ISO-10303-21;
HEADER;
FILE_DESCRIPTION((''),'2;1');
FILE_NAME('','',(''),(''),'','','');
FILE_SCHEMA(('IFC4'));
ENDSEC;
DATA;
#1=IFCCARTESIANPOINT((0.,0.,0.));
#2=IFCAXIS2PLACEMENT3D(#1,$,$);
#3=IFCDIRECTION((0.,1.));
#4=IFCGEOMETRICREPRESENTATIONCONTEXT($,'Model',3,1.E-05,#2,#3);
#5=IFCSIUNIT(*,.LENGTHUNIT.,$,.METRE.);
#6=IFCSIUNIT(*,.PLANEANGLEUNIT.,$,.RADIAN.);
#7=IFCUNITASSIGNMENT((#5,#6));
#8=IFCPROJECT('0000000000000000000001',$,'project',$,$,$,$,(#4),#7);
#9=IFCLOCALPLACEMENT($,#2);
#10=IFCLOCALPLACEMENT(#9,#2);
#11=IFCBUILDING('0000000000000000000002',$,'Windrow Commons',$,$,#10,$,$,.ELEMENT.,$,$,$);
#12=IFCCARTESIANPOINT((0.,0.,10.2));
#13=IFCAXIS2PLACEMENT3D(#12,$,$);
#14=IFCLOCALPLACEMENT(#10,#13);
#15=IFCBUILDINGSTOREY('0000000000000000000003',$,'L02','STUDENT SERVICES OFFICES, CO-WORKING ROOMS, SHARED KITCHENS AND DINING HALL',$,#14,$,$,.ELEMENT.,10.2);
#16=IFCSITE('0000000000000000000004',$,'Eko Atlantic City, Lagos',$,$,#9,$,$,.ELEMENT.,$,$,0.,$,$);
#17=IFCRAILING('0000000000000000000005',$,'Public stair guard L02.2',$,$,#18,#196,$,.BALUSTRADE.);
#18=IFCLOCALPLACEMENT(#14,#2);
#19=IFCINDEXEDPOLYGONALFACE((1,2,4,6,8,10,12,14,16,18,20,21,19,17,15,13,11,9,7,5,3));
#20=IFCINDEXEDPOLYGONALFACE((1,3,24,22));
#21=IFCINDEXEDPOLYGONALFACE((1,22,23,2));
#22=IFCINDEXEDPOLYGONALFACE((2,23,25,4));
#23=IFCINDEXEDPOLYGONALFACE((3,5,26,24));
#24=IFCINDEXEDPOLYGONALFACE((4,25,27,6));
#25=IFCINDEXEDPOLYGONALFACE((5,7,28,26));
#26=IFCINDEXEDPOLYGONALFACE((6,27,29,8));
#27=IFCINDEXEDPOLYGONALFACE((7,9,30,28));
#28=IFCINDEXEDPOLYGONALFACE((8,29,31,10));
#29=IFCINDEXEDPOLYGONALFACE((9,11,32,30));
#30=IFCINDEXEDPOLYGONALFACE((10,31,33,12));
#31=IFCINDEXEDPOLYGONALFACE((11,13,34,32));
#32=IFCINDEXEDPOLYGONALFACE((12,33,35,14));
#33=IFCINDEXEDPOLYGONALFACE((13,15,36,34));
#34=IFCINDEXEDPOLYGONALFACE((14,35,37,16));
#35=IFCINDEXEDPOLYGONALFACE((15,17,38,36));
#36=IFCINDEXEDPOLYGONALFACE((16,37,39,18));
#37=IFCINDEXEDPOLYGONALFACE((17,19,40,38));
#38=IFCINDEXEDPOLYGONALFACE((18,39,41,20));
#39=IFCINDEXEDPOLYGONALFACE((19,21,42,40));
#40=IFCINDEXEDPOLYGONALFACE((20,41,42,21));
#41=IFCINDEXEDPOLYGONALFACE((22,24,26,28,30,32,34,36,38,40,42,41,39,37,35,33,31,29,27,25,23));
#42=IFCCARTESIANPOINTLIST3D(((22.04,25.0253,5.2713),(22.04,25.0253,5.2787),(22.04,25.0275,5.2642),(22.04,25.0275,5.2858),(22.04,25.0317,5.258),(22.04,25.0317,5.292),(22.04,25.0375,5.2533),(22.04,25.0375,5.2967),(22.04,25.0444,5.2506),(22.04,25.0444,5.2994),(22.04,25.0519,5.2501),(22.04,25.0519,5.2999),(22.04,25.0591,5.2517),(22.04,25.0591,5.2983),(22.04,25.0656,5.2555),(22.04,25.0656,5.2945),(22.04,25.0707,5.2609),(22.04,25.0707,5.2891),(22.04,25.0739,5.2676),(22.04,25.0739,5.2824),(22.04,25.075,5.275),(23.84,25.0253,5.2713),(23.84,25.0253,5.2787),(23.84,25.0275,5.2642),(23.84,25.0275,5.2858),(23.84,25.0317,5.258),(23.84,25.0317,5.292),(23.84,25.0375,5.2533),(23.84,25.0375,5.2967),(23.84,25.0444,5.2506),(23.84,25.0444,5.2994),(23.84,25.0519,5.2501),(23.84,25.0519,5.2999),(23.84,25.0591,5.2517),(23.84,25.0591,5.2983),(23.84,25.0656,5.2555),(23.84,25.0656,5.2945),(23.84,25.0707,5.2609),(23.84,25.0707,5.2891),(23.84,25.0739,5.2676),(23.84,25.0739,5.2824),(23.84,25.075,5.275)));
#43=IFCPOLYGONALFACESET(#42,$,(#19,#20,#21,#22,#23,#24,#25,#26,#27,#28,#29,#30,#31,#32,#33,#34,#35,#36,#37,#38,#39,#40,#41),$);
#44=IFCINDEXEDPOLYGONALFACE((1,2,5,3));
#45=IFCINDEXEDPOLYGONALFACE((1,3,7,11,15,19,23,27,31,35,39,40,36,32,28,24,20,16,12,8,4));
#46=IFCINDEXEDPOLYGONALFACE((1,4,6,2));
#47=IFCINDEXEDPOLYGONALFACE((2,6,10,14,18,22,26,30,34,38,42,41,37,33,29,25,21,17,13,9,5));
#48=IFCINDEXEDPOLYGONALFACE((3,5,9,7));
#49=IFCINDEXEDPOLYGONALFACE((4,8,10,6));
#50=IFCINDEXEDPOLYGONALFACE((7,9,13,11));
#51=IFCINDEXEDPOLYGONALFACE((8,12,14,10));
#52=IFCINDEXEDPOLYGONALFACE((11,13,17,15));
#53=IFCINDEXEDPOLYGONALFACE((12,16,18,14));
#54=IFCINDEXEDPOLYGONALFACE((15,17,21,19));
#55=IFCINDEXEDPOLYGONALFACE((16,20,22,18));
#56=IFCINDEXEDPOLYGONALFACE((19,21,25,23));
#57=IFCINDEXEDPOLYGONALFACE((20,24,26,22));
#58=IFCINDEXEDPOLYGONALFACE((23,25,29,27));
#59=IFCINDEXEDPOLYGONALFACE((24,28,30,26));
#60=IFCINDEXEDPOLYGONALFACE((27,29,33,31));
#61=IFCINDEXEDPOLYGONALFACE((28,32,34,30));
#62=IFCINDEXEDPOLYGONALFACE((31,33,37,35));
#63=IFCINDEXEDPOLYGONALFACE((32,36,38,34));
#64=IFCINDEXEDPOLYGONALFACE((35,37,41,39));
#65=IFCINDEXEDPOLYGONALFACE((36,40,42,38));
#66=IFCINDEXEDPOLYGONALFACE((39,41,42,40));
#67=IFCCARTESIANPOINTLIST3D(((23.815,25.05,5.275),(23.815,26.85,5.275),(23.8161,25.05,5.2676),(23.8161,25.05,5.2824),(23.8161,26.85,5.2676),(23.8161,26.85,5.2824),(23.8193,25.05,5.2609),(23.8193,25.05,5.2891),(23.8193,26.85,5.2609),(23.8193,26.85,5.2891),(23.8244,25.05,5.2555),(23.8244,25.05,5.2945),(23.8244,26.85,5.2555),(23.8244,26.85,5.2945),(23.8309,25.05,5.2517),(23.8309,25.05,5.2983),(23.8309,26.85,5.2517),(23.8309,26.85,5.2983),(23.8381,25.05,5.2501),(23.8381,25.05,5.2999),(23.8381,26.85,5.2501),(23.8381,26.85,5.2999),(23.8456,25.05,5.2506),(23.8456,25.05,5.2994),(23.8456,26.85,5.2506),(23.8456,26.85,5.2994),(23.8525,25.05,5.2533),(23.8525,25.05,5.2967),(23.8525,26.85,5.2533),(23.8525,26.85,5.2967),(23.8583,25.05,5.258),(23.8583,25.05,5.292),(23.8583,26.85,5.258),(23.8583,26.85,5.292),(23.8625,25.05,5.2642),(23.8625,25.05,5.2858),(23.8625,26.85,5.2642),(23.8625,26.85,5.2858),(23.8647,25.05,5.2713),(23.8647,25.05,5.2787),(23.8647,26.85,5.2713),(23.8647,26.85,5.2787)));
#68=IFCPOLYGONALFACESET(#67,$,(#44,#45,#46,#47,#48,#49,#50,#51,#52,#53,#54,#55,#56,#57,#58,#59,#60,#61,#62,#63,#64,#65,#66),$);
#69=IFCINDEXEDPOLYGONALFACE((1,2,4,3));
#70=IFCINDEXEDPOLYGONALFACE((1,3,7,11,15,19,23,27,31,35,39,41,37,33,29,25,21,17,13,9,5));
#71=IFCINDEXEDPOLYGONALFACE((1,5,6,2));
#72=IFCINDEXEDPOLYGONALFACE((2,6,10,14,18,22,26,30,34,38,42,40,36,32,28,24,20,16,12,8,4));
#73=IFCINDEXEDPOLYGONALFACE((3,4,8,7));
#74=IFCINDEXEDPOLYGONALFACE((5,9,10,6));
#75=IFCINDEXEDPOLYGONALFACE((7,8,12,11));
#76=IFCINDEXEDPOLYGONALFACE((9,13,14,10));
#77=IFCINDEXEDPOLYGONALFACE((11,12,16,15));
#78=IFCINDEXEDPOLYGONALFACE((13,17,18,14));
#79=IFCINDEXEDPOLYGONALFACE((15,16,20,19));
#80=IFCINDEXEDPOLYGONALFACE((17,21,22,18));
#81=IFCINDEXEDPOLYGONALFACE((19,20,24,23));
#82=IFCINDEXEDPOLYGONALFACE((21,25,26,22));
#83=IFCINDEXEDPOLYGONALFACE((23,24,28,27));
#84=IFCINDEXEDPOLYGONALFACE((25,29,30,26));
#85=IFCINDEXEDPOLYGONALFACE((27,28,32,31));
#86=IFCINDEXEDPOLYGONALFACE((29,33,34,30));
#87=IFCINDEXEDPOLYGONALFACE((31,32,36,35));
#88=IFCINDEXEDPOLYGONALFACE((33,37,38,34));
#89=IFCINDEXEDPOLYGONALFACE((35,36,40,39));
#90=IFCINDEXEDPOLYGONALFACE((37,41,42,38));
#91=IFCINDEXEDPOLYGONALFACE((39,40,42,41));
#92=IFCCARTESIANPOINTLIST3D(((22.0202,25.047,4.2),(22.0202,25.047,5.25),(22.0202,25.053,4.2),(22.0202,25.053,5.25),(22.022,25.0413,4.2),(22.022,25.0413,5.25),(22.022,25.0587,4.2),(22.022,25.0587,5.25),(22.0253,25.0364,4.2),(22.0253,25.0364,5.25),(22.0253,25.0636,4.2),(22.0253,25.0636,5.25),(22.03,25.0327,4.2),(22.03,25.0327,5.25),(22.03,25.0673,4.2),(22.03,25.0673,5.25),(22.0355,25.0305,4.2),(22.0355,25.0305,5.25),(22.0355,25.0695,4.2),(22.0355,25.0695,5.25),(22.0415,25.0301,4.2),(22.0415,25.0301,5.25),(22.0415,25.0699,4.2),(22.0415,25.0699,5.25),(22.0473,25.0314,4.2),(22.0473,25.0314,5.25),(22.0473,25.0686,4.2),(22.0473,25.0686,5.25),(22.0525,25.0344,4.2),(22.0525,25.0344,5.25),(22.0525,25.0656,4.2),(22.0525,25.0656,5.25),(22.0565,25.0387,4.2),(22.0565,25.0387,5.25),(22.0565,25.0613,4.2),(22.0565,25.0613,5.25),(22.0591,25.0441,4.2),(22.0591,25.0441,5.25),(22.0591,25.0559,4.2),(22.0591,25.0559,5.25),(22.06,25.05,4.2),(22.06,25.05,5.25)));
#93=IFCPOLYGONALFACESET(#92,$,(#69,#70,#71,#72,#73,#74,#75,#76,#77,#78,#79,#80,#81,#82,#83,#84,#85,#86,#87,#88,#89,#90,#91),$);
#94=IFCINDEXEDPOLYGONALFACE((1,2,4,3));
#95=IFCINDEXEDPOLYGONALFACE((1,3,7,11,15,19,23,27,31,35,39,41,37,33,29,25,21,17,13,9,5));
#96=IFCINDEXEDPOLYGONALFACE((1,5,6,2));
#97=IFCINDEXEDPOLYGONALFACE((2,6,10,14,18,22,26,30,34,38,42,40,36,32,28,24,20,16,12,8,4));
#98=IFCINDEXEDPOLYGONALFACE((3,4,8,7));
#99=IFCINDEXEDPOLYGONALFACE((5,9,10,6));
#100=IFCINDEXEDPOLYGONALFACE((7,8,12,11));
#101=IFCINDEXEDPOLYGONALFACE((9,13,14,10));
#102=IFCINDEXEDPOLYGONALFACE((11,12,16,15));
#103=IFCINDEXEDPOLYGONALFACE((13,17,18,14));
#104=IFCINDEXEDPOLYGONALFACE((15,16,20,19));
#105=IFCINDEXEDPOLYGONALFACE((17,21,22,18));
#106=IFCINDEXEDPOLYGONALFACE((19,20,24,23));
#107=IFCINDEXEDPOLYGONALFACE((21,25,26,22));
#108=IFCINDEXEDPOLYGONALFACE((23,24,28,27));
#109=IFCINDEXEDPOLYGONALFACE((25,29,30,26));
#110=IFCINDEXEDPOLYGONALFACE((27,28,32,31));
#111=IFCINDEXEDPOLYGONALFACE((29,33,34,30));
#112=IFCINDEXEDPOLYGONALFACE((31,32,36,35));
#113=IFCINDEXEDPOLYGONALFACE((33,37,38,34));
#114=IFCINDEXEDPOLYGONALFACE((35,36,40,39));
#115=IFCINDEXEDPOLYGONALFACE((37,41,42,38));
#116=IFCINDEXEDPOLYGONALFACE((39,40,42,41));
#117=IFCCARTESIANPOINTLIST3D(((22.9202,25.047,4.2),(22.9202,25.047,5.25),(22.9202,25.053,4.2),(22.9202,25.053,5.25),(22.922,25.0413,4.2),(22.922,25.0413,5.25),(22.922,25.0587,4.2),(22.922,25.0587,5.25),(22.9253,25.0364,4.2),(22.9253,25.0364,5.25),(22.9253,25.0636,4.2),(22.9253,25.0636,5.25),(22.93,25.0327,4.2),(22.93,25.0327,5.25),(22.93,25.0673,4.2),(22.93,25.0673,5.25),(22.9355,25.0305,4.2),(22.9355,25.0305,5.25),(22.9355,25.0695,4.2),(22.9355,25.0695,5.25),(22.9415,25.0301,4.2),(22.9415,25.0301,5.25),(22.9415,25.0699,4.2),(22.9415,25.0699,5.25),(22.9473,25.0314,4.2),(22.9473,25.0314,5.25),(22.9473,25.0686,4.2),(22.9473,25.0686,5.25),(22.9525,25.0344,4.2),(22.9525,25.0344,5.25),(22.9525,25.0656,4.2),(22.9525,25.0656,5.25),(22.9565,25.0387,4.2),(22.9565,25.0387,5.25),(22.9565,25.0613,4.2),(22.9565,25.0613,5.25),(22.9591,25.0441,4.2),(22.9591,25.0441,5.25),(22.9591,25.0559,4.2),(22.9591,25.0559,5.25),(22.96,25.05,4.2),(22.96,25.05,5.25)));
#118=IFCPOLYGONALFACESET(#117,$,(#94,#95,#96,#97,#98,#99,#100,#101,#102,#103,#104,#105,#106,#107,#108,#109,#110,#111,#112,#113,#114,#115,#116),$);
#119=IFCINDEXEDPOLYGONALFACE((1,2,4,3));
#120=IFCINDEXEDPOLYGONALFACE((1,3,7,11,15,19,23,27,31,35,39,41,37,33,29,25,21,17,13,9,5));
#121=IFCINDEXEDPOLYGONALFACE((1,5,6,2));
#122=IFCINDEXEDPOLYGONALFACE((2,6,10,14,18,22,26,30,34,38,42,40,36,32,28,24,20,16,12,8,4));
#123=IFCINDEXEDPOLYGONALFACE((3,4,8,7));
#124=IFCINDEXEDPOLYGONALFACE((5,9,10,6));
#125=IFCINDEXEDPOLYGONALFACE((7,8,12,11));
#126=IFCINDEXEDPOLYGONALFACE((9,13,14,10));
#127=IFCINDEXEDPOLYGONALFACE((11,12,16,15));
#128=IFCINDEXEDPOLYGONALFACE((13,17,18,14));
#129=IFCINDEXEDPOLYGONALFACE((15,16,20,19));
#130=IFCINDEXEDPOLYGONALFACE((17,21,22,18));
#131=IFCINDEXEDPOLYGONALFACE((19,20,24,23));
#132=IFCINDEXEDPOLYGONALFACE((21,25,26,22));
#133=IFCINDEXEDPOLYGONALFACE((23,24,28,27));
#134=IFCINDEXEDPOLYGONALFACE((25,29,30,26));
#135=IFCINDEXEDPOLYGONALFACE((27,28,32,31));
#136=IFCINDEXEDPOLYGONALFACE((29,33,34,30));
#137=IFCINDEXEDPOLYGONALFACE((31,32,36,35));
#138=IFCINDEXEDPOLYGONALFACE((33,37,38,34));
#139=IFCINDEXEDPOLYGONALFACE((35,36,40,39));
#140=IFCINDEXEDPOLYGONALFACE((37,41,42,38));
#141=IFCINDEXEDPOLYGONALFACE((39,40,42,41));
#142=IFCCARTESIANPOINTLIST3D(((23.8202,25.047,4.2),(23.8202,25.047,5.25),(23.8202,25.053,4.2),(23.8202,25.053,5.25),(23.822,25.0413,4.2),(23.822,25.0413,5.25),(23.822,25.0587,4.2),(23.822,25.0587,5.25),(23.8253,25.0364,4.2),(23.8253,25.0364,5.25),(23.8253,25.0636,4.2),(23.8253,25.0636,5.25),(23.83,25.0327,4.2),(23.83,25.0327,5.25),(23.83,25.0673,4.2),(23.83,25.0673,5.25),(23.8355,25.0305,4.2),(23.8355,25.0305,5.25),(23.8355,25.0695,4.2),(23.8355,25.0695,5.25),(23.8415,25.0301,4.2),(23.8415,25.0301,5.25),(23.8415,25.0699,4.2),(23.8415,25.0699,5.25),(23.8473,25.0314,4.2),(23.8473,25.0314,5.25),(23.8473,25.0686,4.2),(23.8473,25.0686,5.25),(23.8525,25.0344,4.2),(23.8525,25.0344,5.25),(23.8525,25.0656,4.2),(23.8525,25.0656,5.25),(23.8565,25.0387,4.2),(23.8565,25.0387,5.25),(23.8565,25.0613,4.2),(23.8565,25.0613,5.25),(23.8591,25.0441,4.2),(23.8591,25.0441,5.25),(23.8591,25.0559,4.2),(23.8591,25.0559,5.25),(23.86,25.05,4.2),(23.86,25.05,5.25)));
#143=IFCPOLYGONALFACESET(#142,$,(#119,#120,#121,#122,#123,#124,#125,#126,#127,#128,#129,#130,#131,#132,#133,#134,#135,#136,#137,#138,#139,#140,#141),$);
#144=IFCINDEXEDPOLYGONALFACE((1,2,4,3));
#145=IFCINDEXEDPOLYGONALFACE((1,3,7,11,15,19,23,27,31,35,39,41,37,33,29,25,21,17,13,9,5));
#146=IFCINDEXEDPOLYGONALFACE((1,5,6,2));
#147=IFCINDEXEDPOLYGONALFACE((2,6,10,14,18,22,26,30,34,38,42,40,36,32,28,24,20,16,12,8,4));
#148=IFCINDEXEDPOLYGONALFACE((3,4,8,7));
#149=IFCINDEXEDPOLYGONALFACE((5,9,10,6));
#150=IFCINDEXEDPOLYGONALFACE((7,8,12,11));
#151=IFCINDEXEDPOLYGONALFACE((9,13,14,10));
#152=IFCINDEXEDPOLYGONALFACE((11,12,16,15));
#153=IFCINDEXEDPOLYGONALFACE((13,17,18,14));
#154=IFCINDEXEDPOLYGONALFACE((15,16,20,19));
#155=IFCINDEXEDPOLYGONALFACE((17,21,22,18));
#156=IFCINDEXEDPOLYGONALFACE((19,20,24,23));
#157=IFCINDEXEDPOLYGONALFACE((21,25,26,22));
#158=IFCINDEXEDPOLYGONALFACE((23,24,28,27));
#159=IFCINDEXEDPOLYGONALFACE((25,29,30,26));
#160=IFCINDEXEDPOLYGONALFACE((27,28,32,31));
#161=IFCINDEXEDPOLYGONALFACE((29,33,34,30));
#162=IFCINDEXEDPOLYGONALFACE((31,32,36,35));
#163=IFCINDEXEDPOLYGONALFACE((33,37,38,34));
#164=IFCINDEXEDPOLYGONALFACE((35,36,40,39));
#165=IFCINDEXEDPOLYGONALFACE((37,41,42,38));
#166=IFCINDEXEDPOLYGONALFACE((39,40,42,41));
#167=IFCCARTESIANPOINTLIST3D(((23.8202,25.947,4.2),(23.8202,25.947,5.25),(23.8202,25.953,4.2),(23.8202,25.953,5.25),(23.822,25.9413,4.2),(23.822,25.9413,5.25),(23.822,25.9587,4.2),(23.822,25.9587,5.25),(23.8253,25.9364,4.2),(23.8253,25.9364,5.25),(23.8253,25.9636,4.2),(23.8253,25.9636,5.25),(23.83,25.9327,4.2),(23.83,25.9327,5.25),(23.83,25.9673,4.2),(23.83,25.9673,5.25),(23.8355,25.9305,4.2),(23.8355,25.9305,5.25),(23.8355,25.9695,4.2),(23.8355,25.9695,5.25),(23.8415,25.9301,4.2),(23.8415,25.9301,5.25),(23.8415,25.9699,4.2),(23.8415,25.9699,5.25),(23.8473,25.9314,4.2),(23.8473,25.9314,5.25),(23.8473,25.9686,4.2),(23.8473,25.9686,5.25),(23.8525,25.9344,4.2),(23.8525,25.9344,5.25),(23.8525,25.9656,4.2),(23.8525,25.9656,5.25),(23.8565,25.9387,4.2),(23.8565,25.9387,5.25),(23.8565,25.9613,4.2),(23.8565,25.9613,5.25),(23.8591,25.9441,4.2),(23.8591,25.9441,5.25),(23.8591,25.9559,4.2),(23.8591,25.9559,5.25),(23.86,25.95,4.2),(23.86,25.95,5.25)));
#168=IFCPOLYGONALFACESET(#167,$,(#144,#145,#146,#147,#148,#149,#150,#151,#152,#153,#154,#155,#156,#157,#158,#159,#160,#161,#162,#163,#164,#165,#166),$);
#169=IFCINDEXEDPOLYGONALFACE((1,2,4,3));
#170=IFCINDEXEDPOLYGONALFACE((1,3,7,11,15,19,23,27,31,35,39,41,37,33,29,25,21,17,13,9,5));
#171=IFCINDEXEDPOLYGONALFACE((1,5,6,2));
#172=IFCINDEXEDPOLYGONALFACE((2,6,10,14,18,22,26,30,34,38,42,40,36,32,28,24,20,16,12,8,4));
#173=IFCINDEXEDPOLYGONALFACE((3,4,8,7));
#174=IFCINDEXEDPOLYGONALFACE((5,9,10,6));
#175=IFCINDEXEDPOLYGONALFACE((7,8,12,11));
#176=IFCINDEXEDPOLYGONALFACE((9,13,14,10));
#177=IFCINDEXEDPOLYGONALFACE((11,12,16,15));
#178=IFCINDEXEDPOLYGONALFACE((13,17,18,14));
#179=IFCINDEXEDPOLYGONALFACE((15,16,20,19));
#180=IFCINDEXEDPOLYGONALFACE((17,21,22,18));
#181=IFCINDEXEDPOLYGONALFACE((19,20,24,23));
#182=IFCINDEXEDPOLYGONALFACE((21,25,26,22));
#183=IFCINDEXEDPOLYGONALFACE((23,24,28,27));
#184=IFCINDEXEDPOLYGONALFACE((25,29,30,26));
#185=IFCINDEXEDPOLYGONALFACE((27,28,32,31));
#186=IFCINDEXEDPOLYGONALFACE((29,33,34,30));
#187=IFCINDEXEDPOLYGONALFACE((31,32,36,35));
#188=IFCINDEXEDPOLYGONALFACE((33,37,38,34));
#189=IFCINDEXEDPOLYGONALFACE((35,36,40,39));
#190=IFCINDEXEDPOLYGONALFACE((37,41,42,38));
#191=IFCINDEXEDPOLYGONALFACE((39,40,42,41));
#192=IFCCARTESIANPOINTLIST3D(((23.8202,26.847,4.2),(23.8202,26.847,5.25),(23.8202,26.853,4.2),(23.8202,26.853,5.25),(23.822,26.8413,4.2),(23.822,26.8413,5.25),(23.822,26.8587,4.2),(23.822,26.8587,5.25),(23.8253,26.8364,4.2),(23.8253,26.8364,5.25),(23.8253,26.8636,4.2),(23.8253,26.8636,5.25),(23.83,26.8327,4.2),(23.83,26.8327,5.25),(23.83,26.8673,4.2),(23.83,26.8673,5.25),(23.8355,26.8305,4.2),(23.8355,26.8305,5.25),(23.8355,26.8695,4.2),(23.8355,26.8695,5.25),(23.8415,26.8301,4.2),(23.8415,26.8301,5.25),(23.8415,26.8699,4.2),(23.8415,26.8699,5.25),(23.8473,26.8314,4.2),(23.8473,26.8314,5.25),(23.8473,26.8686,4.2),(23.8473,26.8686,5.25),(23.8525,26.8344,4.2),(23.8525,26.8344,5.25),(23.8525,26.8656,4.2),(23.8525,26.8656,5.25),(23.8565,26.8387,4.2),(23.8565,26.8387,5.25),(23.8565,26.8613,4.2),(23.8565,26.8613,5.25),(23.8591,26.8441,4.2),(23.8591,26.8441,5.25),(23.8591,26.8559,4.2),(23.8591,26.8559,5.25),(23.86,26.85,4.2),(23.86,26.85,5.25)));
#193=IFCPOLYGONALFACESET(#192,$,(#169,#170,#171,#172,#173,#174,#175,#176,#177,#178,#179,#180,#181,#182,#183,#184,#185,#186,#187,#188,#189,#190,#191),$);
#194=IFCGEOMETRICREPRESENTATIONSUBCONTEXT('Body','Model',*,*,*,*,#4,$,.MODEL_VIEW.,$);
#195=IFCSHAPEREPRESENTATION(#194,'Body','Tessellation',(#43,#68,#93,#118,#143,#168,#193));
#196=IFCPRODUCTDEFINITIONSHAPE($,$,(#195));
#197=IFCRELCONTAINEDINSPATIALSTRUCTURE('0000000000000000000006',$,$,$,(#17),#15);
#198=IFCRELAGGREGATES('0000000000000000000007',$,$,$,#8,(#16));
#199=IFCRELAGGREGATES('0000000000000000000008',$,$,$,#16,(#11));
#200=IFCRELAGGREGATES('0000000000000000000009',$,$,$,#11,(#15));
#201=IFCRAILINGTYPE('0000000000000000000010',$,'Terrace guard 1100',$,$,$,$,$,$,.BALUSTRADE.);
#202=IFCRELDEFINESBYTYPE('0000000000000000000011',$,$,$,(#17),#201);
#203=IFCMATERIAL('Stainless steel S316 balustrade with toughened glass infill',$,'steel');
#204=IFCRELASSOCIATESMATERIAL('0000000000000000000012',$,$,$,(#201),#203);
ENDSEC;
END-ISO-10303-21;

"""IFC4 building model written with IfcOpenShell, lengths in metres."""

from ifc_helpers import new_model, si_unit, direction, frame, origin, origin_2d, place, context, subcontext, project, spatial, circle, extrude, material, type_object, element, save


model = new_model("IFC4")

# Units and contexts
model_context = context("Model", 3, precision=1e-05, world=origin(), true_north=direction((0.0, 1.0)))
body_context = subcontext(model_context, "Body", "Model", "MODEL_VIEW")
ifc_project = project(units=[si_unit("LENGTHUNIT", "METRE"), si_unit("PLANEANGLEUNIT", "RADIAN")], contexts=[model_context])

# Site, building, storey
site_placement = place(None, origin())
site = spatial("IfcSite", under=ifc_project, at=site_placement, Name="Eko Atlantic City, Lagos", CompositionType="ELEMENT", RefElevation=0.0)
building_placement = place(site_placement, origin())
building = spatial("IfcBuilding", under=site, at=building_placement, Name="Windrow Commons", CompositionType="ELEMENT")
storey_placement = place(building_placement, frame((0.0, 0.0, 10.2)))
storey = spatial("IfcBuildingStorey", under=building, at=storey_placement, Name="L02", Description="STUDENT SERVICES OFFICES, CO-WORKING ROOMS, SHARED KITCHENS AND DINING HALL", CompositionType="ELEMENT", Elevation=10.2)

# Railing
ifc_material_1 = material(Name="Stainless steel S316 balustrade with toughened glass infill", Category="steel")
railing_type_1 = type_object("IfcRailingType", Name="Terrace guard 1100", PredefinedType="BALUSTRADE", material=ifc_material_1)
railing_1_placement = place(storey_placement, frame((22.04, 25.05, 4.2)))
element("IfcRailing", 1, at=railing_1_placement, inside=storey, type_object=railing_type_1, Name="Public stair guard L02.2", PredefinedType="BALUSTRADE", context=body_context, shape_type="SweptSolid", body=[
    extrude(circle(Radius=0.025, at=origin_2d()), frame((0.0, 0.0, 1.075), z_axis=(1.0, 0.0, 0.0), x_axis=(0.0, 1.0, 0.0)), (0.0, 0.0, 1.0), 1.8),
    extrude(circle(Radius=0.025, at=origin_2d()), frame((1.8, 0.0, 1.075), z_axis=(0.0, 1.0, 0.0), x_axis=(-1.0, 0.0, 0.0)), (0.0, 0.0, 1.0), 1.8),
    extrude(circle(Radius=0.02, at=origin_2d()), origin(), (0.0, 0.0, 1.0), 1.05),
    extrude(circle(Radius=0.02, at=origin_2d()), frame((0.9, 0.0, 0.0)), (0.0, 0.0, 1.0), 1.05),
    extrude(circle(Radius=0.02, at=origin_2d()), frame((1.8, 0.0, 0.0)), (0.0, 0.0, 1.0), 1.05),
    extrude(circle(Radius=0.02, at=origin_2d()), frame((1.8, 0.9, 0.0)), (0.0, 0.0, 1.0), 1.05),
    extrude(circle(Radius=0.02, at=origin_2d()), frame((1.8, 1.8, 0.0)), (0.0, 0.0, 1.0), 1.05),
])

save(model, "model.ifc")
